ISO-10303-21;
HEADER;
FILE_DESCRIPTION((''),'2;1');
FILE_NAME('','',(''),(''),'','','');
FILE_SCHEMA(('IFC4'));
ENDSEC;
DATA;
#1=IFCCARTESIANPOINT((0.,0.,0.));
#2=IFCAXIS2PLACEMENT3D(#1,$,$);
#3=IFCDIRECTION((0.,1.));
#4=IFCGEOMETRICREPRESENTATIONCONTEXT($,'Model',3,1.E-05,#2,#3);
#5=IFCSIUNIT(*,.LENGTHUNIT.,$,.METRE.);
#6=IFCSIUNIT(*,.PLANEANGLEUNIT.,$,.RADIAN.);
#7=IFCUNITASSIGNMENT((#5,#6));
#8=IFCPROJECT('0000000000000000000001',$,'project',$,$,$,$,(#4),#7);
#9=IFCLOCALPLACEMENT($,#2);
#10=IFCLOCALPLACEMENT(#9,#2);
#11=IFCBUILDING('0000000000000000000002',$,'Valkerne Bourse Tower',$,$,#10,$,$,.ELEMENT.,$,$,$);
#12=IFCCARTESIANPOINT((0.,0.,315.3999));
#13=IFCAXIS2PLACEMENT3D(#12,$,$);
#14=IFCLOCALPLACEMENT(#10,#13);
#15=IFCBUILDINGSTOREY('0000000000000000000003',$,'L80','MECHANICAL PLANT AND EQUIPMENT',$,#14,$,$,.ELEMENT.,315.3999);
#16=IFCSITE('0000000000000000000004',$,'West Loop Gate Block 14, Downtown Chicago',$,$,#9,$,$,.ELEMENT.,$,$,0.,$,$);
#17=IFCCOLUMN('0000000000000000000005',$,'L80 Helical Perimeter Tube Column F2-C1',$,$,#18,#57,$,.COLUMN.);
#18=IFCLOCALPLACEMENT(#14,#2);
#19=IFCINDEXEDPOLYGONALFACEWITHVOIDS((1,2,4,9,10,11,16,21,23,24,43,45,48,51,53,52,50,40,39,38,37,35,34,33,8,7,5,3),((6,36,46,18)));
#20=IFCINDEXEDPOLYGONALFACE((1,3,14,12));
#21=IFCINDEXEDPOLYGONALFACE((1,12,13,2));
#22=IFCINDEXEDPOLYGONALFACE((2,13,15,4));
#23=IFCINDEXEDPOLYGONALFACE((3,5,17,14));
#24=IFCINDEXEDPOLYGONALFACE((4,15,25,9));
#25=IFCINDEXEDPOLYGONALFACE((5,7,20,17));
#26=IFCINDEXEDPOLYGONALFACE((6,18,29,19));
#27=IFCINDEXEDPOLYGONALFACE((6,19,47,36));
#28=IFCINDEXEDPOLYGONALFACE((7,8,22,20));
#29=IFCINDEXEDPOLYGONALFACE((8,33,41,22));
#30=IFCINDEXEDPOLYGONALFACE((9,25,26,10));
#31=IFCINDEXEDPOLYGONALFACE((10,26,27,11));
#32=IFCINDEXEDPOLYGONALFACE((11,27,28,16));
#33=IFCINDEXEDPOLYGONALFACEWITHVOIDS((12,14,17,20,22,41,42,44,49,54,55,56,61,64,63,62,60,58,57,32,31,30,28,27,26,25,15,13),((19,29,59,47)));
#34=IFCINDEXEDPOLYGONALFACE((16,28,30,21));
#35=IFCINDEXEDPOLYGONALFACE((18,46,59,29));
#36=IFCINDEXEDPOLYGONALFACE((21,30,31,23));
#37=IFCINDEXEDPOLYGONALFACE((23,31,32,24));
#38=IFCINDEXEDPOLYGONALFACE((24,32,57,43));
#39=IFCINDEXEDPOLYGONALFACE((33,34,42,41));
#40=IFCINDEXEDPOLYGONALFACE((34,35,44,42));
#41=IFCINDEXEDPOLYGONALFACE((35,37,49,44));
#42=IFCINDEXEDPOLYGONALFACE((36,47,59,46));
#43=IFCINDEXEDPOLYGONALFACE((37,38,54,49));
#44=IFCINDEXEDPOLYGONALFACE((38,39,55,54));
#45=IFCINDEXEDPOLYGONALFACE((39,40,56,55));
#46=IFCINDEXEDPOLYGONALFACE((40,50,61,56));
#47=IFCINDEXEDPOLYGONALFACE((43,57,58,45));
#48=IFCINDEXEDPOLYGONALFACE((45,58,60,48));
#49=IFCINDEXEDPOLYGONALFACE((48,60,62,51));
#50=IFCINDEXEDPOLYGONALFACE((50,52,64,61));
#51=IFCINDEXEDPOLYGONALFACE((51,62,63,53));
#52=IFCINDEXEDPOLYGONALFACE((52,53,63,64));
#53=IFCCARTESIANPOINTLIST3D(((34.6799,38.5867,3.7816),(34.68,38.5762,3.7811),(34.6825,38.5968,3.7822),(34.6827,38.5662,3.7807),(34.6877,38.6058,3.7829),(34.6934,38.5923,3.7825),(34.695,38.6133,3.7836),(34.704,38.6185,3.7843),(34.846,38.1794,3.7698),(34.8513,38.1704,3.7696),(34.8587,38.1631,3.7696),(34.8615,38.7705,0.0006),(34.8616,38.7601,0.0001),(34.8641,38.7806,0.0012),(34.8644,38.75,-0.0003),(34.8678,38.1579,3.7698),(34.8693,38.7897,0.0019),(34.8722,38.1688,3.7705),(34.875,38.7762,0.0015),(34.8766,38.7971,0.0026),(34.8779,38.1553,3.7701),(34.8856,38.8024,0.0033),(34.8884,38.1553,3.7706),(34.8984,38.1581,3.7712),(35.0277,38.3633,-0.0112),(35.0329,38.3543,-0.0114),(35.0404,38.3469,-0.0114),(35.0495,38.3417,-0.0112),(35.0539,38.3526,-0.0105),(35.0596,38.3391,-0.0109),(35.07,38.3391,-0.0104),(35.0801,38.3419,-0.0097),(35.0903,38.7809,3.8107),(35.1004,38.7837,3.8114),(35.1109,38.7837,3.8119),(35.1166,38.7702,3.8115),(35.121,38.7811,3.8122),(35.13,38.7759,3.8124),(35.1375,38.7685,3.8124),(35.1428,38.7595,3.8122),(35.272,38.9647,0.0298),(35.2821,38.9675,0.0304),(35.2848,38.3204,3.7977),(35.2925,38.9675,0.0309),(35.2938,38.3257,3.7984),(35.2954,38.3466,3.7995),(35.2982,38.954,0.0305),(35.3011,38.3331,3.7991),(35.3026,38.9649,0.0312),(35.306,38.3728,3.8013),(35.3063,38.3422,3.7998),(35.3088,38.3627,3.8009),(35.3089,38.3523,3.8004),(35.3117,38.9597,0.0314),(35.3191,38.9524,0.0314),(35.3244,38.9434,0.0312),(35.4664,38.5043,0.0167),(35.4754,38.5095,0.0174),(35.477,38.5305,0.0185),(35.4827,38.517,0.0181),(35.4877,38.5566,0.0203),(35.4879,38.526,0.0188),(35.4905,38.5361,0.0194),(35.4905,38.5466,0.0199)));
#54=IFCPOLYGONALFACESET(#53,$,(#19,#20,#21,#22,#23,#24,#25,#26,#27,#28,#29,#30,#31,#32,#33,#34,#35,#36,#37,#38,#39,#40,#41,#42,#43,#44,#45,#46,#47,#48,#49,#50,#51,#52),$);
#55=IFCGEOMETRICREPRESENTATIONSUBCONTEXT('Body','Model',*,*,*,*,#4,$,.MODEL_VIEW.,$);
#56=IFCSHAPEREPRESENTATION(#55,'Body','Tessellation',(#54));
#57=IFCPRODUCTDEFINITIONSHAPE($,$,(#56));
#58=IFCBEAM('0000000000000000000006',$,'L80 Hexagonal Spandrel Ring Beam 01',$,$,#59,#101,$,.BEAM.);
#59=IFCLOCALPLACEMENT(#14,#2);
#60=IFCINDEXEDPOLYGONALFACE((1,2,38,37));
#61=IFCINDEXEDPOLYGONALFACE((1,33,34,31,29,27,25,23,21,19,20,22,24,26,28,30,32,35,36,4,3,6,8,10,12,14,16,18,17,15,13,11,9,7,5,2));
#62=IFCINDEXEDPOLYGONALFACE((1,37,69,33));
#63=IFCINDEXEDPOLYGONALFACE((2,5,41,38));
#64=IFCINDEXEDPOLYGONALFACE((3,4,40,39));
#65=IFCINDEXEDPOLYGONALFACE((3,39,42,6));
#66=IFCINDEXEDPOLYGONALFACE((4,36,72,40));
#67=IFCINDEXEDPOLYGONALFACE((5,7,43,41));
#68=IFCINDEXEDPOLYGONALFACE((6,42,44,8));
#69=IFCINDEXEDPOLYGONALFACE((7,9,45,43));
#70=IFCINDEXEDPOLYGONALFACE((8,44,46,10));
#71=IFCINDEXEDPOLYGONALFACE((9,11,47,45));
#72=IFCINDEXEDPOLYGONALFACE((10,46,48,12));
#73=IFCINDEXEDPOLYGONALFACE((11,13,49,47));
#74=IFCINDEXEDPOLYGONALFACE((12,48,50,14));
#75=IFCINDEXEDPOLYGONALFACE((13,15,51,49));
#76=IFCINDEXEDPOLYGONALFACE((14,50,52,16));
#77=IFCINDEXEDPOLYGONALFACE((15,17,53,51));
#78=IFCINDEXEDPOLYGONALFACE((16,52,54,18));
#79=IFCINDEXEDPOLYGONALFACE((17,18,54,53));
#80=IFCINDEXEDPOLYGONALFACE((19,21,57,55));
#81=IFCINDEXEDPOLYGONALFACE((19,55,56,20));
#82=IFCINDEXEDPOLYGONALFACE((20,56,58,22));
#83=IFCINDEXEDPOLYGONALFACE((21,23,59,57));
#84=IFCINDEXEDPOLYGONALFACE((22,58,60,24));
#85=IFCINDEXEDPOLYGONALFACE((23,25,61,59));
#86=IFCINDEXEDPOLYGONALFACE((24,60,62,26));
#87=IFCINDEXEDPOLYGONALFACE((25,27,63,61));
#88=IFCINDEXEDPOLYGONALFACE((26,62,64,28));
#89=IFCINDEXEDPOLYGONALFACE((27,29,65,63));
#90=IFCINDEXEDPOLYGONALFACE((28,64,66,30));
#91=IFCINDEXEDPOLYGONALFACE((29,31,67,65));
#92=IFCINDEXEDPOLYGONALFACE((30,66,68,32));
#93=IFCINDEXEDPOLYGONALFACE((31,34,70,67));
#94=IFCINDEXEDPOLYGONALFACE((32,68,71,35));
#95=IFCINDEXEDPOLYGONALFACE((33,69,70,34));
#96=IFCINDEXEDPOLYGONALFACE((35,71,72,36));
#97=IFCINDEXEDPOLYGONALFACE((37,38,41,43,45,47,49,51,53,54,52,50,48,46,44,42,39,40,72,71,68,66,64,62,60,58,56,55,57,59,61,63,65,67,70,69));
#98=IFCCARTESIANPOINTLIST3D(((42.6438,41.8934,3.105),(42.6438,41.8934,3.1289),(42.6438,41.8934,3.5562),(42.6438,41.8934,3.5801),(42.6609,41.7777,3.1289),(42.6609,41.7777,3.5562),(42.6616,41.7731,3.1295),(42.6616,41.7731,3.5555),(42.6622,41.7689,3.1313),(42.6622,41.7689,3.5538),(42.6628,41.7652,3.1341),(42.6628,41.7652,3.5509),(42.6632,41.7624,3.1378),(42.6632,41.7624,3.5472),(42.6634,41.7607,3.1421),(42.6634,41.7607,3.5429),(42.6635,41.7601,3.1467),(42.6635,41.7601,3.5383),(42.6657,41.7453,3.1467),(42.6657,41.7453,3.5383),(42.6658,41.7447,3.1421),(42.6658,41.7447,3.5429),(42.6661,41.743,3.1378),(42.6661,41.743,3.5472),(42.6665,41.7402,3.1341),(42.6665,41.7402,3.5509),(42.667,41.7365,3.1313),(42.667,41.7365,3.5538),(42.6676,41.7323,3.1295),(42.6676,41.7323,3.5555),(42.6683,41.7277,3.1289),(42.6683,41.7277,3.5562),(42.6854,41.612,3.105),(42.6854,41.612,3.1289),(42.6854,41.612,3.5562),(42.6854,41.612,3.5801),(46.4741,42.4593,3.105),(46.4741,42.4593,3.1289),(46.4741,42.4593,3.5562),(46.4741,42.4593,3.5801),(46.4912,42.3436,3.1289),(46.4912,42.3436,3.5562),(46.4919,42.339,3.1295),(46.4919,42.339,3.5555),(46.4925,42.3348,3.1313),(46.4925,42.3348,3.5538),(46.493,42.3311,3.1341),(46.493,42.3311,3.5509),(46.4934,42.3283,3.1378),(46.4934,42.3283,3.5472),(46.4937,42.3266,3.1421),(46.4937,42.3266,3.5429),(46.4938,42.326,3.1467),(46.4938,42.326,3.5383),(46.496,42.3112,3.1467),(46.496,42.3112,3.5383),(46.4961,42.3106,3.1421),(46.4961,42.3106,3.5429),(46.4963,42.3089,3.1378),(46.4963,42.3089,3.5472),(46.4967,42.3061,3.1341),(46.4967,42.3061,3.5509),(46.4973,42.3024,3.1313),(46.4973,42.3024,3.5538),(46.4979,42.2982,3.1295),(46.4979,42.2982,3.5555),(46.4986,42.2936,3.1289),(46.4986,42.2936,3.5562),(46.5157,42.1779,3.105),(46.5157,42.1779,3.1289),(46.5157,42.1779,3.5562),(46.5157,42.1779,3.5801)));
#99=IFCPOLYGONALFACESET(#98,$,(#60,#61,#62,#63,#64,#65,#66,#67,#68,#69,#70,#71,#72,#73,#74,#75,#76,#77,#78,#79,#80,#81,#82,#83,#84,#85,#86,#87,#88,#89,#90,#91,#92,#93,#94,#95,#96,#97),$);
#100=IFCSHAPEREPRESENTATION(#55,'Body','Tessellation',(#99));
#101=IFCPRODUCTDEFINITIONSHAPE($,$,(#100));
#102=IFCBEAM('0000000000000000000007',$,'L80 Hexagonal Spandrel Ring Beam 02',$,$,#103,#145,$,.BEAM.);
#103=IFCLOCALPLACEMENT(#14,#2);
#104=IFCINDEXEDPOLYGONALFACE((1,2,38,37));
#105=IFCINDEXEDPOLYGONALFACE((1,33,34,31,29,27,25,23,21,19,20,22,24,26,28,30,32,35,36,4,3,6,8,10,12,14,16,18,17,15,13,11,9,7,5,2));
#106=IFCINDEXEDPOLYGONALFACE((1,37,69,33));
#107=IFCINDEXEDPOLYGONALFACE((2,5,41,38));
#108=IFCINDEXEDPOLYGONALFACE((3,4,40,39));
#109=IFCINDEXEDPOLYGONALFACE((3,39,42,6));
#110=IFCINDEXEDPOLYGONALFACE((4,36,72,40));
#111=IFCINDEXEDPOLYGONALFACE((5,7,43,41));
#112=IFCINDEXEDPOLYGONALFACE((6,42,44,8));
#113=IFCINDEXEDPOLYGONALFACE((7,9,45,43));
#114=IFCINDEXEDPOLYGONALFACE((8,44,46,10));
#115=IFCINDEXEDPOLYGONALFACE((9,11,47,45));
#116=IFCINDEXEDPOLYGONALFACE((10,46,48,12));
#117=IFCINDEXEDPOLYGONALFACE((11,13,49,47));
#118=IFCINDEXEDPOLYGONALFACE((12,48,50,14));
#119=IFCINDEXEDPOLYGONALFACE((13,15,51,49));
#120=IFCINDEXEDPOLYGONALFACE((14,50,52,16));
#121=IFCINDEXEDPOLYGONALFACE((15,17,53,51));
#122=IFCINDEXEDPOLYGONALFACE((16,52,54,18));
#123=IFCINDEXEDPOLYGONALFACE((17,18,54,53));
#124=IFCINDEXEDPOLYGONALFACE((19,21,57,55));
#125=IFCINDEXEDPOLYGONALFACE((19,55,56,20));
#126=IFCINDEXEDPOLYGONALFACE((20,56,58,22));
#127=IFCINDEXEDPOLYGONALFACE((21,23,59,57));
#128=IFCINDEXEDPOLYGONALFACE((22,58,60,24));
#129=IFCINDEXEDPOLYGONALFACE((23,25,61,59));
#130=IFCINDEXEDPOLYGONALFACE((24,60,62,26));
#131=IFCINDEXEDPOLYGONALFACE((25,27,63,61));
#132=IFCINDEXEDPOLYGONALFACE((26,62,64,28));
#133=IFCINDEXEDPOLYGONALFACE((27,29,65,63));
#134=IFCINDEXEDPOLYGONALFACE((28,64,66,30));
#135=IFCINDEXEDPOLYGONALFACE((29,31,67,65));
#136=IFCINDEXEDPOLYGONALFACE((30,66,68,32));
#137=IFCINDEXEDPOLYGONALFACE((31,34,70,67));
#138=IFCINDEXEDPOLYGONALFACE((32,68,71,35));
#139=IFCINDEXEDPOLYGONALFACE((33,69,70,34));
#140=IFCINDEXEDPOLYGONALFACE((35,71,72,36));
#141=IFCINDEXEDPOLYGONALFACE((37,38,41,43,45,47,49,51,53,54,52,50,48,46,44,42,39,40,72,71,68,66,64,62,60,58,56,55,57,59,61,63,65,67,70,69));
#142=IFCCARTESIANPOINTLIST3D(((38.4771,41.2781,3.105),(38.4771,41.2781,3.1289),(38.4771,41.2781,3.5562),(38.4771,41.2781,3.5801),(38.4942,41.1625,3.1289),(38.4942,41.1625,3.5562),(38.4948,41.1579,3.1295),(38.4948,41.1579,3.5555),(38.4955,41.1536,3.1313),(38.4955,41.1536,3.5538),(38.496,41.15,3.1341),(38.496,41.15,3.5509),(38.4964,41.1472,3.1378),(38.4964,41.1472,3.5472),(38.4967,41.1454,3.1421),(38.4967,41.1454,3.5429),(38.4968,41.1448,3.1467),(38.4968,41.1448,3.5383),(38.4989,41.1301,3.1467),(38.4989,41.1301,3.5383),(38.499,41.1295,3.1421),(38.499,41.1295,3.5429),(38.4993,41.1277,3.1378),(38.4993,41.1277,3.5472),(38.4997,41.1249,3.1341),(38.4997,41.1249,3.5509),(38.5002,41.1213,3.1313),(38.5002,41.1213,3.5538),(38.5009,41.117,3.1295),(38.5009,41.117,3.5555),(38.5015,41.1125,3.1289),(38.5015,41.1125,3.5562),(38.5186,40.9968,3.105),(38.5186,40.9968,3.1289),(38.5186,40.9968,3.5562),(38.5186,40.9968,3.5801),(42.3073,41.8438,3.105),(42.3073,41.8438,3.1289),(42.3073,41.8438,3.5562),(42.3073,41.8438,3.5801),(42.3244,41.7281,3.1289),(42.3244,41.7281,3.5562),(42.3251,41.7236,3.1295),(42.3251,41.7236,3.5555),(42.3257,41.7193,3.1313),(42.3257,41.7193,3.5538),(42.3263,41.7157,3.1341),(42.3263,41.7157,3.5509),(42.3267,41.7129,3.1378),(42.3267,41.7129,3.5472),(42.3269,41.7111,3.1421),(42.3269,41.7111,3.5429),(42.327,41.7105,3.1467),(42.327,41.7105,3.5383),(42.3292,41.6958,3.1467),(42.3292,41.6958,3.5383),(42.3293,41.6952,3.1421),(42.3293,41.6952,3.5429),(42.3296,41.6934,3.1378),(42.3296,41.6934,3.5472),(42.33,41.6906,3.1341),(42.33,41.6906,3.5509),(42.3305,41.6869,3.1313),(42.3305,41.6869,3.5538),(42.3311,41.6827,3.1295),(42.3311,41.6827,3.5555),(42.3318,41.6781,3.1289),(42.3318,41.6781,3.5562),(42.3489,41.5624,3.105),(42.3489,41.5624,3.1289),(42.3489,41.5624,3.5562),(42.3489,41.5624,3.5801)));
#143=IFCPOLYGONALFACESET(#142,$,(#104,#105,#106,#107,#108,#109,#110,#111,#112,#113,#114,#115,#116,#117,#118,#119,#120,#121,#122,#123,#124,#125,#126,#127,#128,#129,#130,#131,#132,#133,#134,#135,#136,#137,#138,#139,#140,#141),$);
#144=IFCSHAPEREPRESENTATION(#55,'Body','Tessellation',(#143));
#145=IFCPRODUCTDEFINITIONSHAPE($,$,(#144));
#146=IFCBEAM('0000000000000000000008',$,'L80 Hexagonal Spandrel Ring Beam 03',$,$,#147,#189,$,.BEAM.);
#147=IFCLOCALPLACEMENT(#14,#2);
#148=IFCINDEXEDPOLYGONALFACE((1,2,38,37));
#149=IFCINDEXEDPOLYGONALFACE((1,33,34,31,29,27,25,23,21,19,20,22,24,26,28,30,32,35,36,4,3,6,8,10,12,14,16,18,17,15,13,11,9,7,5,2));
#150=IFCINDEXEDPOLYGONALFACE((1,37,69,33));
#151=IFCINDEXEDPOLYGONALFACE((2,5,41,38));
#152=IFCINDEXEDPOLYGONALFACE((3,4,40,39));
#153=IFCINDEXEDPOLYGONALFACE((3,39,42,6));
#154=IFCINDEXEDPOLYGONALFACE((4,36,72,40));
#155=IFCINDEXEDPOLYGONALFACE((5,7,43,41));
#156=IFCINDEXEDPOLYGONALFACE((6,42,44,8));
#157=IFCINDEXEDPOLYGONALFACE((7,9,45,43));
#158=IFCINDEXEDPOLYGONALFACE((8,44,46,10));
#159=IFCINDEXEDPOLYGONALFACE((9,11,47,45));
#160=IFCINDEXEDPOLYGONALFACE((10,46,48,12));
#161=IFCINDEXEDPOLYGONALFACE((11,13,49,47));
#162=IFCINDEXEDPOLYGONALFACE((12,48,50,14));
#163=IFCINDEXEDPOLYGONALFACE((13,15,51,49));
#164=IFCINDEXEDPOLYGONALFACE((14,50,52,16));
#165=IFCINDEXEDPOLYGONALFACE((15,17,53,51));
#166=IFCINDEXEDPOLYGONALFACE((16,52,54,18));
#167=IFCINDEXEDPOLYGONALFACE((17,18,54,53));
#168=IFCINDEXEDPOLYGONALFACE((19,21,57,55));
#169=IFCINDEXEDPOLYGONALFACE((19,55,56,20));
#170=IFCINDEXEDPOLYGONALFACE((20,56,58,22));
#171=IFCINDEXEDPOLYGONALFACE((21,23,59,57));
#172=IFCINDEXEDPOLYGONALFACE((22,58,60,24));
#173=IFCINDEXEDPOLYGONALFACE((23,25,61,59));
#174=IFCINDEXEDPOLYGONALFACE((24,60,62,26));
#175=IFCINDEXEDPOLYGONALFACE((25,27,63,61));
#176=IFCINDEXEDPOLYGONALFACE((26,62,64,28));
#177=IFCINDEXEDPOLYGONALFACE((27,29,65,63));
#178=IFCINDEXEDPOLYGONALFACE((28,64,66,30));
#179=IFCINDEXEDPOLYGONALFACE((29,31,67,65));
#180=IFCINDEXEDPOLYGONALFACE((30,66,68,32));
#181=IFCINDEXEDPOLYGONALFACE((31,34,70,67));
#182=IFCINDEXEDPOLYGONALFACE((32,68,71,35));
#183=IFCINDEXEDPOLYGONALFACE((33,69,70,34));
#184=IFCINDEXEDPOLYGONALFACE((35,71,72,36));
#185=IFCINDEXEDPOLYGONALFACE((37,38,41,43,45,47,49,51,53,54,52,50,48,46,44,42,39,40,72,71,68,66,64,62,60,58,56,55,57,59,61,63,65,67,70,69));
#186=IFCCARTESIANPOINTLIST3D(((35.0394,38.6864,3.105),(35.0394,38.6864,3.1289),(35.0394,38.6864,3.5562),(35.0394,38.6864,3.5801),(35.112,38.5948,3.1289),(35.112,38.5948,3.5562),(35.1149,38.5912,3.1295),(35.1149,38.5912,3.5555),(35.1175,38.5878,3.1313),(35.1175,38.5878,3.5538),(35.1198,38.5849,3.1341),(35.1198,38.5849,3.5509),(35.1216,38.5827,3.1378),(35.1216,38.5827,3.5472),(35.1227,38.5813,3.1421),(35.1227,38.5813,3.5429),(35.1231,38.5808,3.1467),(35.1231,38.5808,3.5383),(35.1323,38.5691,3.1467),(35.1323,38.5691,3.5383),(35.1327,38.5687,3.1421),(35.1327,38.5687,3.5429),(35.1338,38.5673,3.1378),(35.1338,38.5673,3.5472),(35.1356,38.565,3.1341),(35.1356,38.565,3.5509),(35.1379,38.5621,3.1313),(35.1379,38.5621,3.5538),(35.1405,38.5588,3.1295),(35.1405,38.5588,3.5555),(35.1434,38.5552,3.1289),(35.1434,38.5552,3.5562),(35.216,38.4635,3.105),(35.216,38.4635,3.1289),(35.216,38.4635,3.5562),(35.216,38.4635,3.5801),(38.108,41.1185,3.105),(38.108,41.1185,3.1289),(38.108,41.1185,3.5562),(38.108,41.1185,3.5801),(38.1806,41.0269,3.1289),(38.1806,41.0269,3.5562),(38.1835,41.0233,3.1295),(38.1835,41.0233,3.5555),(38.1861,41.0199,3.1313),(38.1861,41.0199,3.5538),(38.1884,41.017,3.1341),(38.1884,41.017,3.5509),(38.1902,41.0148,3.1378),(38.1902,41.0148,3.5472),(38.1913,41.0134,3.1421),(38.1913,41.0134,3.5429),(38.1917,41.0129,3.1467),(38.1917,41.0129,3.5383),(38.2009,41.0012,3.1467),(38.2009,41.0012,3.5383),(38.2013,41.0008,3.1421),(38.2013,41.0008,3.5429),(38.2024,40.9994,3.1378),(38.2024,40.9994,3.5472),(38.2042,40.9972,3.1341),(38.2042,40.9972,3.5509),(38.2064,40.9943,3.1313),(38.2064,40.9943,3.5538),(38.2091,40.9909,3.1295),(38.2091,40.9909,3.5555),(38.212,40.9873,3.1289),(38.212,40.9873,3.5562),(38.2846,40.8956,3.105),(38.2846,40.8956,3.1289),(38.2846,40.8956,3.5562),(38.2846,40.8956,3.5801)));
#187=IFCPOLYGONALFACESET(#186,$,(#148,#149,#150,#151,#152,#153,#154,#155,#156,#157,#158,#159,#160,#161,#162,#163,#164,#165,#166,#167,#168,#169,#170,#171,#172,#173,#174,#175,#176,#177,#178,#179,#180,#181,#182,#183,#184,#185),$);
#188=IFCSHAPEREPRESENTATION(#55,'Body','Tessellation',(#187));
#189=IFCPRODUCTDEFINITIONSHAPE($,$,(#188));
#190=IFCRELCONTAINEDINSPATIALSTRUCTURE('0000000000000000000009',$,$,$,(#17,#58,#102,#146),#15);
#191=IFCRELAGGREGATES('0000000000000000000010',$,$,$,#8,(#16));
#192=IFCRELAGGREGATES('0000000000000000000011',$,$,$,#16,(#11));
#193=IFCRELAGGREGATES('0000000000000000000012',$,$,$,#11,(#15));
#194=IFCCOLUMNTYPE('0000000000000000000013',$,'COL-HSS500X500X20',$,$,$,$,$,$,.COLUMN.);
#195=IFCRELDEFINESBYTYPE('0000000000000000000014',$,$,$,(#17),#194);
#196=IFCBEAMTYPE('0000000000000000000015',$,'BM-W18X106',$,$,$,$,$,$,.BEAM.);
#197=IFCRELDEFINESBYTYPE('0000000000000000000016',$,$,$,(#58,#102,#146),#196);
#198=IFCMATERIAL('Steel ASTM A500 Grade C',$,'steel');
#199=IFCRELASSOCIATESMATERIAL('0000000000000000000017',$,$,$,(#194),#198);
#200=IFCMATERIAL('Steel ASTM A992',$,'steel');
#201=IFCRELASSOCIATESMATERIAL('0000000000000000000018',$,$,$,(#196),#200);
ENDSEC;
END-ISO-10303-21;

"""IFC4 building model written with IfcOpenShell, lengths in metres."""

from ifc_helpers import new_model, si_unit, direction, frame, origin, origin_2d, place, context, subcontext, project, spatial, hollow_rectangle, i_section, extrude, material, material_profile, profile_set, type_object, element, save


model = new_model("IFC4")

# Units and contexts
model_context = context("Model", 3, precision=1e-05, world=origin(), true_north=direction((0.0, 1.0)))
body_context = subcontext(model_context, "Body", "Model", "MODEL_VIEW")
ifc_project = project(units=[si_unit("LENGTHUNIT", "METRE"), si_unit("PLANEANGLEUNIT", "RADIAN")], contexts=[model_context])

# Site, building, storey
site_placement = place(None, origin())
site = spatial("IfcSite", under=ifc_project, at=site_placement, Name="West Loop Gate Block 14, Downtown Chicago", CompositionType="ELEMENT", RefElevation=0.0)
building_placement = place(site_placement, origin())
building = spatial("IfcBuilding", under=site, at=building_placement, Name="Valkerne Bourse Tower", CompositionType="ELEMENT")
storey_placement = place(building_placement, frame((0.0, 0.0, 315.3999)))
storey = spatial("IfcBuildingStorey", under=building, at=storey_placement, Name="L80", Description="MECHANICAL PLANT AND EQUIPMENT", CompositionType="ELEMENT", Elevation=315.3999)

# Column
ifc_material_1 = material(Name="Steel ASTM A500 Grade C", Category="steel")
ifc_material_profile_1 = material_profile(ifc_material_1, hollow_rectangle(XDim=0.5, YDim=0.5, WallThickness=0.02, OuterFilletRadius=0.04, at=origin_2d()), Name="HSS500X500X20")
ifc_profile_set_1 = profile_set([ifc_material_profile_1], Name="Steel ASTM A500 Grade C")
column_type_1 = type_object("IfcColumnType", Name="COL-HSS500X500X20", PredefinedType="COLUMN", material=ifc_profile_set_1)
for number, where, z_axis, x_axis, name in (
    (1, (35.176, 38.6533, 0.01), (-0.047928, -0.048508, 0.997672), (-0.920051, -0.386701, -0.063001), "L80 Helical Perimeter Tube Column F2-C1"),
):
    element("IfcColumn", number, at=place(storey_placement, frame(where, z_axis=z_axis, x_axis=x_axis)), inside=storey, type_object=column_type_1, Name=name, PredefinedType="COLUMN", context=body_context, shape_type="SweptSolid", body=[
        extrude(hollow_rectangle(XDim=0.5, YDim=0.5, WallThickness=0.02, OuterFilletRadius=0.04, at=origin_2d()), origin(), (0.0, 0.0, 1.0), 3.7898),
    ])

# Beams
ifc_material_2 = material(Name="Steel ASTM A992", Category="steel")
ifc_material_profile_2 = material_profile(ifc_material_2, i_section(OverallWidth=0.2844, OverallDepth=0.4751, WebThickness=0.0149, FlangeThickness=0.0239, FilletRadius=0.0178, at=origin_2d()), Name="W18X106")
ifc_profile_set_2 = profile_set([ifc_material_profile_2], Name="Steel ASTM A992")
beam_type_1 = type_object("IfcBeamType", Name="BM-W18X106", PredefinedType="BEAM", material=ifc_profile_set_2)
for number, where, z_axis, x_axis, name in (
    (2, (46.4949, 42.3186, 3.3425), (-0.989261, -0.14616, 0.0), (0.14616, -0.989261, 0.0), "L80 Hexagonal Spandrel Ring Beam 01"),
    (3, (42.3281, 41.7031, 3.3425), (-0.98927, -0.146098, 0.0), (0.146098, -0.98927, 0.0), "L80 Hexagonal Spandrel Ring Beam 02"),
):
    element("IfcBeam", number, at=place(storey_placement, frame(where, z_axis=z_axis, x_axis=x_axis)), inside=storey, type_object=beam_type_1, Name=name, PredefinedType="BEAM", context=body_context, shape_type="SweptSolid", body=[
        extrude(i_section(OverallWidth=0.2844, OverallDepth=0.4751, WebThickness=0.0149, FlangeThickness=0.0239, FilletRadius=0.0178, at=origin_2d()), origin(), (0.0, 0.0, 1.0), 3.8718),
    ])
beam_1_placement = place(storey_placement, frame((38.1963, 41.0071, 3.3425), z_axis=(-0.783695, -0.621145, 0.0), x_axis=(0.621145, -0.783695, 0.0)))
element("IfcBeam", 4, at=beam_1_placement, inside=storey, type_object=beam_type_1, Name="L80 Hexagonal Spandrel Ring Beam 03", PredefinedType="BEAM", context=body_context, shape_type="SweptSolid", body=[
    extrude(i_section(OverallWidth=0.2844, OverallDepth=0.4751, WebThickness=0.0149, FlangeThickness=0.0239, FilletRadius=0.0178, at=origin_2d()), origin(), (0.0, 0.0, 1.0), 3.9155),
])

save(model, "model.ifc")
